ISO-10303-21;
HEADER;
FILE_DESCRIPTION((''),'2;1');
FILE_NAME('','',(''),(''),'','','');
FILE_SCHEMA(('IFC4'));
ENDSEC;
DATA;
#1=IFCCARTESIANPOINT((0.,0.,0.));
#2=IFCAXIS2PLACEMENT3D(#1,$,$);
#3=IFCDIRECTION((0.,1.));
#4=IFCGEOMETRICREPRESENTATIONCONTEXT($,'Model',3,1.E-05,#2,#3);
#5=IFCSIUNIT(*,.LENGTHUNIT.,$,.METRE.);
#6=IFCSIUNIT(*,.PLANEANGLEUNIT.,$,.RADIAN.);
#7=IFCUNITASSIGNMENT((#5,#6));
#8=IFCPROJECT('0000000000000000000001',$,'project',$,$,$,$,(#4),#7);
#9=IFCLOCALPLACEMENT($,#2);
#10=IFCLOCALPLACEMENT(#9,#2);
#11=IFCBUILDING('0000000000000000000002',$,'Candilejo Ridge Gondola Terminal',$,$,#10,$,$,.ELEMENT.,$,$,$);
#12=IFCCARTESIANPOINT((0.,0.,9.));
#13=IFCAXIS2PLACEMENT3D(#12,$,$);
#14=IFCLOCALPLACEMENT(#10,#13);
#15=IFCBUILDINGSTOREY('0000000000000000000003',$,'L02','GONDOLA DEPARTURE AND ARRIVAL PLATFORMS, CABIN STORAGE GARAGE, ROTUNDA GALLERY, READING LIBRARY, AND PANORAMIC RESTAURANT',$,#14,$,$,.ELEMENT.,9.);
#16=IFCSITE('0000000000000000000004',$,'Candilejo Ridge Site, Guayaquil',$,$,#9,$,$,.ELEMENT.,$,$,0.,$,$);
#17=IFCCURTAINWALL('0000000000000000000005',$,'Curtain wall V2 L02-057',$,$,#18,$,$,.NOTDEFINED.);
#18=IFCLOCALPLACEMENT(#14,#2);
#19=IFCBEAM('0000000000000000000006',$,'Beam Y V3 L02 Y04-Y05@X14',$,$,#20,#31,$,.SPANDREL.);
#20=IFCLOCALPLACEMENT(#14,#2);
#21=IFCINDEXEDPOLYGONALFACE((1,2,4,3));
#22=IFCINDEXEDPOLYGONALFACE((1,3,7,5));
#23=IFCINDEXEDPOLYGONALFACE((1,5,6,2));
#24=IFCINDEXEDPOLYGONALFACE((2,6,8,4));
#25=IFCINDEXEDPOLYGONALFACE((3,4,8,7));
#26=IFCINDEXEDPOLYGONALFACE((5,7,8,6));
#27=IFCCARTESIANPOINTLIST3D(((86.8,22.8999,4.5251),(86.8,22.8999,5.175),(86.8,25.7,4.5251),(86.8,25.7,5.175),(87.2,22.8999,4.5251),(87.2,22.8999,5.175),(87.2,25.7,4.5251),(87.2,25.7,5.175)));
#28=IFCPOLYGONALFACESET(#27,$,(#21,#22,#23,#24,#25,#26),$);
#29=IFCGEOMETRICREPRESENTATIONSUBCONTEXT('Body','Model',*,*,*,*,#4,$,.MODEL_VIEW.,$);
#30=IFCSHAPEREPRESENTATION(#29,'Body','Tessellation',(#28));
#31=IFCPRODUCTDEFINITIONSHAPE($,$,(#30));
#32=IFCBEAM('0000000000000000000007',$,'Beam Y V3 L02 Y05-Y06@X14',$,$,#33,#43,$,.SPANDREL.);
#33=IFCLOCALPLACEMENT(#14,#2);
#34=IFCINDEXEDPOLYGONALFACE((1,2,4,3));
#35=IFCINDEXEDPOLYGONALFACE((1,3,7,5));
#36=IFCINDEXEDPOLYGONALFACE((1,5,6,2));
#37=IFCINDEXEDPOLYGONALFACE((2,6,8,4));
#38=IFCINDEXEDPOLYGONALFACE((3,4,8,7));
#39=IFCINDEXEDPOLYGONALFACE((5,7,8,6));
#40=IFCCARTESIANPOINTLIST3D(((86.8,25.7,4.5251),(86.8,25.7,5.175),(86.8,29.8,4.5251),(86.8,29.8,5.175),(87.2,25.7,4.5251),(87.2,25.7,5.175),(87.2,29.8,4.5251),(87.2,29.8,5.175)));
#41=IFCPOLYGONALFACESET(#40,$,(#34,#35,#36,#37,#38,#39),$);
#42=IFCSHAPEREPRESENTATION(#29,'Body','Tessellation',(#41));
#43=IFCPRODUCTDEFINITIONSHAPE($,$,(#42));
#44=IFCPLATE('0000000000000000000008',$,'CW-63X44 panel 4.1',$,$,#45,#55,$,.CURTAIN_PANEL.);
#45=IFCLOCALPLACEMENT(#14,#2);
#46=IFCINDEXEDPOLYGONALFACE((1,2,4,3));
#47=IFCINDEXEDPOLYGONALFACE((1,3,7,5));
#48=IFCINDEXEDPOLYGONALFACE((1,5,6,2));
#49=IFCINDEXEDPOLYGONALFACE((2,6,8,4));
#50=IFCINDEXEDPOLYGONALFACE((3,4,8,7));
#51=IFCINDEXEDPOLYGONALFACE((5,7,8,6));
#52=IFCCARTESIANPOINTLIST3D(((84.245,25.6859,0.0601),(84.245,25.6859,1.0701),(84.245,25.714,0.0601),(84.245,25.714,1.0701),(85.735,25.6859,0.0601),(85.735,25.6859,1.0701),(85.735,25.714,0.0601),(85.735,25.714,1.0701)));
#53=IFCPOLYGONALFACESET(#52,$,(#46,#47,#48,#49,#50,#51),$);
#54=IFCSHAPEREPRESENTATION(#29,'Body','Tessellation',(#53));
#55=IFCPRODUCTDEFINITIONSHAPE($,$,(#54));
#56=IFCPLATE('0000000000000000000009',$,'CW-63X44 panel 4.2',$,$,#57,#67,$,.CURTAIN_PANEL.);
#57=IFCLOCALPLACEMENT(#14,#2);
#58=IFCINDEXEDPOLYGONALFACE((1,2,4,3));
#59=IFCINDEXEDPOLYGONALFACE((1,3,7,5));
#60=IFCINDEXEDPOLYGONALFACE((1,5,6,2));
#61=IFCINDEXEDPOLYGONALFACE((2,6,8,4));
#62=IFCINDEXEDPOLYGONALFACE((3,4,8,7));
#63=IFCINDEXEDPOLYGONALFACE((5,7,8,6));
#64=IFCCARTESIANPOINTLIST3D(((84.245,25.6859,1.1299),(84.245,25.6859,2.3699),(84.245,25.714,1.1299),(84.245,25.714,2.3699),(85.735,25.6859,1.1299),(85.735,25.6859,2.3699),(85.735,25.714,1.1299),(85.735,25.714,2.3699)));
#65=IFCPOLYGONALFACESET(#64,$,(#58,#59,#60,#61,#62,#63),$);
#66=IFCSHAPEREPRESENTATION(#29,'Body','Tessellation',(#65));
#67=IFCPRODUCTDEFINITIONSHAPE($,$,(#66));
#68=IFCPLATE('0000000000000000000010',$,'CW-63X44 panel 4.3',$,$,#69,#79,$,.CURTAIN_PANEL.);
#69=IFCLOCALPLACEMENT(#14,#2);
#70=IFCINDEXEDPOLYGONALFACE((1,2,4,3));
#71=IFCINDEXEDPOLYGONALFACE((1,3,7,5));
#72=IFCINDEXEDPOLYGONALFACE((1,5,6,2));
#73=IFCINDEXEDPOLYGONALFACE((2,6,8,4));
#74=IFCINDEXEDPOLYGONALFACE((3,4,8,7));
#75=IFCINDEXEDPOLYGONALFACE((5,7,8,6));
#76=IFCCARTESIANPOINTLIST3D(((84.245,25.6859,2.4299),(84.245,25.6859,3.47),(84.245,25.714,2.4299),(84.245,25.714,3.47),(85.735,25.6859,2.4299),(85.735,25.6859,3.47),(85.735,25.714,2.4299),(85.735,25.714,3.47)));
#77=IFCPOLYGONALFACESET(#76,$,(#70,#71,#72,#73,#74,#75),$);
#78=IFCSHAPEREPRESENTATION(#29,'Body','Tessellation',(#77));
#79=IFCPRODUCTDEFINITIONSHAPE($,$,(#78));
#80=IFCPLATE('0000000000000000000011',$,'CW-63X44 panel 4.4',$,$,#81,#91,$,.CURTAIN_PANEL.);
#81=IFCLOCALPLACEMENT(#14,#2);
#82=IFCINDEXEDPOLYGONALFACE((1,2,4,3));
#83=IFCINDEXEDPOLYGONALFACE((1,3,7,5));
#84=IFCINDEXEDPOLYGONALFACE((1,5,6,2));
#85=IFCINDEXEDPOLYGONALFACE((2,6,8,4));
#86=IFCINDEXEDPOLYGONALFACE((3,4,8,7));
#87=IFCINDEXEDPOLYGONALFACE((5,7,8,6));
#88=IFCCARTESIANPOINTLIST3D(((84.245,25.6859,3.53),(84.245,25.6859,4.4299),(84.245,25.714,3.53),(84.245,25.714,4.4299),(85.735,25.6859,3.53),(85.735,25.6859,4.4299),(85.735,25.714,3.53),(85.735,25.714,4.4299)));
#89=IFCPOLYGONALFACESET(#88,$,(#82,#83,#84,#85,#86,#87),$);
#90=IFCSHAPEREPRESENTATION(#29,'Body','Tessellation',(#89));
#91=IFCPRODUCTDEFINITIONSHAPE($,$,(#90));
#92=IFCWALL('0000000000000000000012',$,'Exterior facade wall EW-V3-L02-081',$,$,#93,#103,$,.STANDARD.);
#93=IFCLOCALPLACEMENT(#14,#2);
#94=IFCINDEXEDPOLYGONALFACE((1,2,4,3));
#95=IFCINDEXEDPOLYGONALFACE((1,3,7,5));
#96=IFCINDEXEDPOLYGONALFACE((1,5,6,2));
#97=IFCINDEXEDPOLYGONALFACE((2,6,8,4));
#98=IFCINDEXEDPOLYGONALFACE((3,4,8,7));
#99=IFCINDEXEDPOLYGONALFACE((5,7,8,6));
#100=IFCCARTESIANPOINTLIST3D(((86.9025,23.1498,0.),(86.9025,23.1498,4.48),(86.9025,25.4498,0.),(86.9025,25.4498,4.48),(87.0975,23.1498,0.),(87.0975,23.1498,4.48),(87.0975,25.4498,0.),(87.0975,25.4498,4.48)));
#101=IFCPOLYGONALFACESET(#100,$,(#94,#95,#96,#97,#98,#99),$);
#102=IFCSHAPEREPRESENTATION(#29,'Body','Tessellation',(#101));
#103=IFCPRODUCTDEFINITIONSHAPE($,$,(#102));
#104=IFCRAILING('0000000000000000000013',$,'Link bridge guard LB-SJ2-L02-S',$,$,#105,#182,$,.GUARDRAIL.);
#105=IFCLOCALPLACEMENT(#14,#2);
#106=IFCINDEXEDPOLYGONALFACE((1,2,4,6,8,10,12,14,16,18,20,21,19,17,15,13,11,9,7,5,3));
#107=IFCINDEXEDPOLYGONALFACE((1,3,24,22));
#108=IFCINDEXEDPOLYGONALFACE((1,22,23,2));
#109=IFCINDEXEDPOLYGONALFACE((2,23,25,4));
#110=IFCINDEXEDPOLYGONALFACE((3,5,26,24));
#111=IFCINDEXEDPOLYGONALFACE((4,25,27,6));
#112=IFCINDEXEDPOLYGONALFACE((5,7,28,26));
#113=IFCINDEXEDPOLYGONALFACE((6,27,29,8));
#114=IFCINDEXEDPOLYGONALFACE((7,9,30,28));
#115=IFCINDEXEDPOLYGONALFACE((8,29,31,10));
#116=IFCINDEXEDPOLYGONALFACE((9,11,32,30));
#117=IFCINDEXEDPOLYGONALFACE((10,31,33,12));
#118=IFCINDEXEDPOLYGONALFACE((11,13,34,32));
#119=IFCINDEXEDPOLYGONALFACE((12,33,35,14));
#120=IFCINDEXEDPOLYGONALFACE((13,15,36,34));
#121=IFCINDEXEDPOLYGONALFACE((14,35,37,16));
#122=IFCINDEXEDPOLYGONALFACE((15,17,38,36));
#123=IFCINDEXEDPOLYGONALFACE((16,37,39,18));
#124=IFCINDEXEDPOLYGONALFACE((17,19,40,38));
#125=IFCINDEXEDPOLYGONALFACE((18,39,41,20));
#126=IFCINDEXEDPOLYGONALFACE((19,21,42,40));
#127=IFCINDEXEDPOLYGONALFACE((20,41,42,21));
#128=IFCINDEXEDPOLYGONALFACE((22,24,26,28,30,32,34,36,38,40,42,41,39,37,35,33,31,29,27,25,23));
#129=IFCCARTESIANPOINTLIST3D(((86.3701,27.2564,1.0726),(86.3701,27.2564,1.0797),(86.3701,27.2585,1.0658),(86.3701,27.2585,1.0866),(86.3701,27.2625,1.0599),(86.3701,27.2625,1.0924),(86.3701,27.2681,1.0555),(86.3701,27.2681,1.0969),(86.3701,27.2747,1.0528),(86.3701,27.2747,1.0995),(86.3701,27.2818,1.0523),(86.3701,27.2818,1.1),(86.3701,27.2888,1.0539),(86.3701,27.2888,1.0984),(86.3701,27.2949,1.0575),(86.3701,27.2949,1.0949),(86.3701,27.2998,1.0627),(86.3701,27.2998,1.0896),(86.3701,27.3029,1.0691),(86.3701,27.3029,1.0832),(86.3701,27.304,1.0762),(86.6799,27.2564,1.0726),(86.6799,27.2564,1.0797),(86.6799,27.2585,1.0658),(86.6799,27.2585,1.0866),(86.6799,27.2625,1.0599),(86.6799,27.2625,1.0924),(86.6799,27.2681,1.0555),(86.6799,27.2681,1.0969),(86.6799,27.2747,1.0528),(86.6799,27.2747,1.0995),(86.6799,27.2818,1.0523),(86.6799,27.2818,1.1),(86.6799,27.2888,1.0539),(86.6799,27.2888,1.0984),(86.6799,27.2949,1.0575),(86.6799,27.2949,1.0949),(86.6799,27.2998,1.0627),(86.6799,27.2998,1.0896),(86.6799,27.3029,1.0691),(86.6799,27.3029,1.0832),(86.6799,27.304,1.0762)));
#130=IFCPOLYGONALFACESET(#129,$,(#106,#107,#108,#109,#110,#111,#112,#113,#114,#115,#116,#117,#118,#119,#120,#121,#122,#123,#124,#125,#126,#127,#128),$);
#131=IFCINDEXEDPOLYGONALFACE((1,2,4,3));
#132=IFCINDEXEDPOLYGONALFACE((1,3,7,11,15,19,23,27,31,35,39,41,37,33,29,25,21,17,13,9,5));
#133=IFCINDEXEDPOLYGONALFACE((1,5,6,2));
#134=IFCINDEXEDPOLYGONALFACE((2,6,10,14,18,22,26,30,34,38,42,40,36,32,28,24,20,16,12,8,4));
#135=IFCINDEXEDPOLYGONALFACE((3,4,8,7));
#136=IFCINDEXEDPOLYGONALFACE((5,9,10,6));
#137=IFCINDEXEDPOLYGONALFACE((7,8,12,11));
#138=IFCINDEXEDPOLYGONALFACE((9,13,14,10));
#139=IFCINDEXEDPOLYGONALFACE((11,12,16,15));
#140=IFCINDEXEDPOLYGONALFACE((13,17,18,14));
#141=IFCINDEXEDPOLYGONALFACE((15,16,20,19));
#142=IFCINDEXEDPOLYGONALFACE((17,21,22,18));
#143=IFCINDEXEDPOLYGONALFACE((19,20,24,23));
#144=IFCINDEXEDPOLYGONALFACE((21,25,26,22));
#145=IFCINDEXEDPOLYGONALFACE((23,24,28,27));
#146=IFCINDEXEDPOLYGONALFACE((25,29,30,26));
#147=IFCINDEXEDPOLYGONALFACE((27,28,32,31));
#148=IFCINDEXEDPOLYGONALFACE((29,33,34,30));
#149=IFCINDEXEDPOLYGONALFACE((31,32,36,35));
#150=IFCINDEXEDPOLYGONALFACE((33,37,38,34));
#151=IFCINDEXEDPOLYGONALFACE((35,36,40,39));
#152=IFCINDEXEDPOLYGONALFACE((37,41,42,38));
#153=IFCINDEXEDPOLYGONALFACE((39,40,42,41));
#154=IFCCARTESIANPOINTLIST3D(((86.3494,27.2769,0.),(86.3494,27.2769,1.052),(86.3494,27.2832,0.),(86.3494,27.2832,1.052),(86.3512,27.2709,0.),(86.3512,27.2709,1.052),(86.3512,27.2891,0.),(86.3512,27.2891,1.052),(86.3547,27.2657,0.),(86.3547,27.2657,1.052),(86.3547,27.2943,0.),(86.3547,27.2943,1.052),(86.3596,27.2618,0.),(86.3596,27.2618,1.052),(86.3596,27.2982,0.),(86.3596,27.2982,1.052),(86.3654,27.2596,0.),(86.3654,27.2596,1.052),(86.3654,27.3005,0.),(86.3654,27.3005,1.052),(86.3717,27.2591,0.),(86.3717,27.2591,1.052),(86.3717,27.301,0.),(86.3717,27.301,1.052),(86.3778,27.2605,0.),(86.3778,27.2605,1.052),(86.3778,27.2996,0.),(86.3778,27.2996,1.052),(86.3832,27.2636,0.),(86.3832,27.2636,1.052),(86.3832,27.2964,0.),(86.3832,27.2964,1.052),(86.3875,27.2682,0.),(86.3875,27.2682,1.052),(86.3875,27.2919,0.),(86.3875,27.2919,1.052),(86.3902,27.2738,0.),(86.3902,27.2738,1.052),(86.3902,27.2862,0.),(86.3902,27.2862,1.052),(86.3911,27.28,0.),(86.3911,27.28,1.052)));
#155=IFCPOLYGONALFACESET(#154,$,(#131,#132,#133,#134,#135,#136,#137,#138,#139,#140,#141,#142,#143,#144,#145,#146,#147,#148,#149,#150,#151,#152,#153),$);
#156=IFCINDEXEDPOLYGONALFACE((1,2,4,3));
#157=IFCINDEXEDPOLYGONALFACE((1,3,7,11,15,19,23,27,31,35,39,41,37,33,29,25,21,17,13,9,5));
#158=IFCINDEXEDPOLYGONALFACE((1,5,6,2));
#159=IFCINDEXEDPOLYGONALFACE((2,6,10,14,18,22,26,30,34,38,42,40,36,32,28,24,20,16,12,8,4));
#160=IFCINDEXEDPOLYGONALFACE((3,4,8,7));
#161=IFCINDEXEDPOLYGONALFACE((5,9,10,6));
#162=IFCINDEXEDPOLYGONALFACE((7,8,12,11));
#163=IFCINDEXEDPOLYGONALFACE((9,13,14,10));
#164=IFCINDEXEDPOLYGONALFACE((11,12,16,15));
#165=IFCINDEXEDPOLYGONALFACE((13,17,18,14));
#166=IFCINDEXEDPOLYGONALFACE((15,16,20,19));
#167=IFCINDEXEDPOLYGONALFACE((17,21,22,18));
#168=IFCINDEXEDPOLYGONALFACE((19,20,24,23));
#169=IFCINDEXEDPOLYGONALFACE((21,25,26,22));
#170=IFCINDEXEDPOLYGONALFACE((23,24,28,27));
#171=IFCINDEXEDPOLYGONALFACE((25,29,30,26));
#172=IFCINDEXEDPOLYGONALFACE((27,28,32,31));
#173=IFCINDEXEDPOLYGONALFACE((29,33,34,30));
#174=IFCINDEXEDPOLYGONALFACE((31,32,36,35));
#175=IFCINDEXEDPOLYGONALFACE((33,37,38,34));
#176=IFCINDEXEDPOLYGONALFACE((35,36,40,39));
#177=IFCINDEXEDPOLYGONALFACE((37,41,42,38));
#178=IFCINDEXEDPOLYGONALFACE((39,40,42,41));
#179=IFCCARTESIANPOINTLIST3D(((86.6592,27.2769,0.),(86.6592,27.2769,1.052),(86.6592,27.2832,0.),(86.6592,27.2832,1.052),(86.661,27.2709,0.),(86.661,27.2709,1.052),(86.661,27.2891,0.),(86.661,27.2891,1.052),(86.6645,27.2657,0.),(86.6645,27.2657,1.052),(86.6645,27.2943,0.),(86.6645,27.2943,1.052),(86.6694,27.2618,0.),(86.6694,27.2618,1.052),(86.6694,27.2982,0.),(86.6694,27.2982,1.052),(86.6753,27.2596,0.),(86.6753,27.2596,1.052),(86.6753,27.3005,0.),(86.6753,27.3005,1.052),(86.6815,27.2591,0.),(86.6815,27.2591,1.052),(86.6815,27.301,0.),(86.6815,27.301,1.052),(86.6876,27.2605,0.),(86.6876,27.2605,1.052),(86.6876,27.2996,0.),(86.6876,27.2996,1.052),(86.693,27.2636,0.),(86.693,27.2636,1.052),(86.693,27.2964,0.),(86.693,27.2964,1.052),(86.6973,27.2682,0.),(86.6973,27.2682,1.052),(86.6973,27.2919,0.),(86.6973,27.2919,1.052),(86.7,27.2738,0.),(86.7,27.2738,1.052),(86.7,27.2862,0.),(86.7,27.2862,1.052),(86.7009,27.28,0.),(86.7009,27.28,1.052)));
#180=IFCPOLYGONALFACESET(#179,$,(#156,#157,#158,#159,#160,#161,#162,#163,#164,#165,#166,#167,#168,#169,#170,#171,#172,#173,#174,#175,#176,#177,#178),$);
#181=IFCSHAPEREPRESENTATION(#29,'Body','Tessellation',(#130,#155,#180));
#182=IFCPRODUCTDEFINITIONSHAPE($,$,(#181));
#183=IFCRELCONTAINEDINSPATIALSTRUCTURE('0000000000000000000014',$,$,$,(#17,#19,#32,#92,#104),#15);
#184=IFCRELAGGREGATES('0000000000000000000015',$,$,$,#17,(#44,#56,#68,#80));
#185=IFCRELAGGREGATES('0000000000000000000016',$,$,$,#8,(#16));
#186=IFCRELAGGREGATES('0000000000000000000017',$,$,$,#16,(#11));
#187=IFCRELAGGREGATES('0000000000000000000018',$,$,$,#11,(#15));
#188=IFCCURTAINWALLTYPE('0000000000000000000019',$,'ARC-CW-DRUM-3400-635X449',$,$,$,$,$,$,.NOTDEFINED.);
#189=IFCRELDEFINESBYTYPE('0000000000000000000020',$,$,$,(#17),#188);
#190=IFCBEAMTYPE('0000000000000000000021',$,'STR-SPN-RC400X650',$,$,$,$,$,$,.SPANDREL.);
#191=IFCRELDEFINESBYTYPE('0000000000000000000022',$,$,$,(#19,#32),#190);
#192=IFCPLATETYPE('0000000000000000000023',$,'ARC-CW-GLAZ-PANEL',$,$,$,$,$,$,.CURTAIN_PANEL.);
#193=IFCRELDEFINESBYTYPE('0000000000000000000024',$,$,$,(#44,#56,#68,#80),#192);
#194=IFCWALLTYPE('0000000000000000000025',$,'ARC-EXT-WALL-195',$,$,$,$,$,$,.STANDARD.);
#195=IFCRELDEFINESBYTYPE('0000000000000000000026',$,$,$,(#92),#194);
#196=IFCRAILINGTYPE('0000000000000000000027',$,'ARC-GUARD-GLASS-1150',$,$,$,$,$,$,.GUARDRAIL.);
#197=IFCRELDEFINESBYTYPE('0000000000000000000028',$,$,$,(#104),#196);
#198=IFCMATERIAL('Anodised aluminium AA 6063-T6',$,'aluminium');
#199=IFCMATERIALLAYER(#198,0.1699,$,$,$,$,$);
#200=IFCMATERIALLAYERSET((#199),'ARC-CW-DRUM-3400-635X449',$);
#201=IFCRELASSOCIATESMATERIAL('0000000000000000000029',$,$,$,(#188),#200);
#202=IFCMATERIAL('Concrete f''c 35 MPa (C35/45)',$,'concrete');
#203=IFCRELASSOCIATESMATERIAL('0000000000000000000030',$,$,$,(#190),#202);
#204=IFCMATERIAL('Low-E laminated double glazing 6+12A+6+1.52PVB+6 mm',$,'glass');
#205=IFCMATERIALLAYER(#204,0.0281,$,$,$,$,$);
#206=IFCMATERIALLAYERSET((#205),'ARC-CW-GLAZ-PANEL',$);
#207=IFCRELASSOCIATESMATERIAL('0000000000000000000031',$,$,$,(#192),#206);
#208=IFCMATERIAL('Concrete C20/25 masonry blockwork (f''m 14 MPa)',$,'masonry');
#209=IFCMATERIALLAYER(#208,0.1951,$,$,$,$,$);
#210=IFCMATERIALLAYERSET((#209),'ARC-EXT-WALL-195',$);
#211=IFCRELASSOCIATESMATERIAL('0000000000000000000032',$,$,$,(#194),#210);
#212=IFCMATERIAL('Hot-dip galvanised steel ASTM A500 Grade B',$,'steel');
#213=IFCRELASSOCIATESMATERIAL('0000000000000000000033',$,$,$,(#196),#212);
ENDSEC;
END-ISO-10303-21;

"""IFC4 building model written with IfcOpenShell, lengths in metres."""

from ifc_helpers import new_model, si_unit, direction, frame, frame_2d, origin, origin_2d, place, context, subcontext, project, spatial, rectangle, circle, extrude, material, layer, layer_set, material_profile, profile_set, type_object, element, aggregate, save


model = new_model("IFC4")

# Units and contexts
model_context = context("Model", 3, precision=1e-05, world=origin(), true_north=direction((0.0, 1.0)))
body_context = subcontext(model_context, "Body", "Model", "MODEL_VIEW")
ifc_project = project(units=[si_unit("LENGTHUNIT", "METRE"), si_unit("PLANEANGLEUNIT", "RADIAN")], contexts=[model_context])

# Site, building, storey
site_placement = place(None, origin())
site = spatial("IfcSite", under=ifc_project, at=site_placement, Name="Candilejo Ridge Site, Guayaquil", CompositionType="ELEMENT", RefElevation=0.0)
building_placement = place(site_placement, origin())
building = spatial("IfcBuilding", under=site, at=building_placement, Name="Candilejo Ridge Gondola Terminal", CompositionType="ELEMENT")
storey_placement = place(building_placement, frame((0.0, 0.0, 9.0)))
storey = spatial("IfcBuildingStorey", under=building, at=storey_placement, Name="L02", Description="GONDOLA DEPARTURE AND ARRIVAL PLATFORMS, CABIN STORAGE GARAGE, ROTUNDA GALLERY, READING LIBRARY, AND PANORAMIC RESTAURANT", CompositionType="ELEMENT", Elevation=9.0)

# Curtain wall
ifc_material_1 = material(Name="Anodised aluminium AA 6063-T6", Category="aluminium")
ifc_layer_1 = layer(ifc_material_1, 0.1699)
ifc_layer_set_1 = layer_set([ifc_layer_1], Name="ARC-CW-DRUM-3400-635X449")
curtain_wall_type_1 = type_object("IfcCurtainWallType", Name="ARC-CW-DRUM-3400-635X449", PredefinedType="NOTDEFINED", material=ifc_layer_set_1)
curtain_wall_1_placement = place(storey_placement, origin())
curtain_wall_1 = element("IfcCurtainWall", 1, at=curtain_wall_1_placement, inside=storey, type_object=curtain_wall_type_1, Name="Curtain wall V2 L02-057", PredefinedType="NOTDEFINED")

# Beams
ifc_material_2 = material(Name="Concrete f'c 35 MPa (C35/45)", Category="concrete")
ifc_material_profile_1 = material_profile(ifc_material_2, rectangle(XDim=0.3999, YDim=0.6499, at=origin_2d()))
ifc_profile_set_1 = profile_set([ifc_material_profile_1], Name="Concrete f'c 35 MPa (C35/45)")
beam_type_1 = type_object("IfcBeamType", Name="STR-SPN-RC400X650", PredefinedType="SPANDREL", material=ifc_profile_set_1)
beam_1_placement = place(storey_placement, frame((87.0, 22.8999, 4.8501), z_axis=(0.0, 1.0, 0.0), x_axis=(-1.0, 0.0, 0.0)))
element("IfcBeam", 2, at=beam_1_placement, inside=storey, type_object=beam_type_1, Name="Beam Y V3 L02 Y04-Y05@X14", PredefinedType="SPANDREL", context=body_context, shape_type="SweptSolid", body=[
    extrude(rectangle(XDim=0.3999, YDim=0.6499, at=origin_2d()), origin(), (0.0, 0.0, 1.0), 2.8),
])
beam_2_placement = place(storey_placement, frame((87.0, 25.7, 4.8501), z_axis=(0.0, 1.0, 0.0), x_axis=(-1.0, 0.0, 0.0)))
element("IfcBeam", 3, at=beam_2_placement, inside=storey, type_object=beam_type_1, Name="Beam Y V3 L02 Y05-Y06@X14", PredefinedType="SPANDREL", context=body_context, shape_type="SweptSolid", body=[
    extrude(rectangle(XDim=0.3999, YDim=0.6499, at=origin_2d()), origin(), (0.0, 0.0, 1.0), 4.1001),
])

# Plates
ifc_material_3 = material(Name="Low-E laminated double glazing 6+12A+6+1.52PVB+6 mm", Category="glass")
ifc_layer_2 = layer(ifc_material_3, 0.0281)
ifc_layer_set_2 = layer_set([ifc_layer_2], Name="ARC-CW-GLAZ-PANEL")
plate_type = type_object("IfcPlateType", Name="ARC-CW-GLAZ-PANEL", PredefinedType="CURTAIN_PANEL", material=ifc_layer_set_2)
plate_1_placement = place(storey_placement, frame((84.99, 25.7, 0.0601), z_axis=(0.0, 0.0, 1.0), x_axis=(1.0, 0.0, 0.0)))
plate_1 = element("IfcPlate", 4, at=plate_1_placement, type_object=plate_type, Name="CW-63X44 panel 4.1", PredefinedType="CURTAIN_PANEL", context=body_context, shape_type="SweptSolid", body=[
    extrude(rectangle(XDim=1.49, YDim=0.0281, at=origin_2d()), origin(), (0.0, 0.0, 1.0), 1.01),
])
plate_2_placement = place(storey_placement, frame((84.99, 25.7, 1.1299), z_axis=(0.0, 0.0, 1.0), x_axis=(1.0, 0.0, 0.0)))
plate_2 = element("IfcPlate", 5, at=plate_2_placement, type_object=plate_type, Name="CW-63X44 panel 4.2", PredefinedType="CURTAIN_PANEL", context=body_context, shape_type="SweptSolid", body=[
    extrude(rectangle(XDim=1.49, YDim=0.0281, at=origin_2d()), origin(), (0.0, 0.0, 1.0), 1.24),
])
plate_3_placement = place(storey_placement, frame((84.99, 25.7, 2.4299), z_axis=(0.0, 0.0, 1.0), x_axis=(1.0, 0.0, 0.0)))
plate_3 = element("IfcPlate", 6, at=plate_3_placement, type_object=plate_type, Name="CW-63X44 panel 4.3", PredefinedType="CURTAIN_PANEL", context=body_context, shape_type="SweptSolid", body=[
    extrude(rectangle(XDim=1.49, YDim=0.0281, at=origin_2d()), origin(), (0.0, 0.0, 1.0), 1.04),
])
plate_4_placement = place(storey_placement, frame((84.99, 25.7, 3.53), z_axis=(0.0, 0.0, 1.0), x_axis=(1.0, 0.0, 0.0)))
plate_4 = element("IfcPlate", 7, at=plate_4_placement, type_object=plate_type, Name="CW-63X44 panel 4.4", PredefinedType="CURTAIN_PANEL", context=body_context, shape_type="SweptSolid", body=[
    extrude(rectangle(XDim=1.49, YDim=0.0281, at=origin_2d()), origin(), (0.0, 0.0, 1.0), 0.8999),
])
aggregate(curtain_wall_1, [plate_1, plate_2, plate_3, plate_4])

# Wall
ifc_material_4 = material(Name="Concrete C20/25 masonry blockwork (f'm 14 MPa)", Category="masonry")
ifc_layer_3 = layer(ifc_material_4, 0.1951)
ifc_layer_set_3 = layer_set([ifc_layer_3], Name="ARC-EXT-WALL-195")
wall_type = type_object("IfcWallType", Name="ARC-EXT-WALL-195", PredefinedType="STANDARD", material=ifc_layer_set_3)
wall_placement = place(storey_placement, frame((87.0, 23.1499, 0.0), z_axis=(0.0, 0.0, 1.0), x_axis=(0.0, 1.0, 0.0)))
element("IfcWall", 8, at=wall_placement, inside=storey, type_object=wall_type, Name="Exterior facade wall EW-V3-L02-081", PredefinedType="STANDARD", context=body_context, shape_type="SweptSolid", body=[
    extrude(rectangle(XDim=2.3, YDim=0.1951, at=frame_2d((1.1499, 0.0))), origin(), (0.0, 0.0, 1.0), 4.48),
])

# Railing
ifc_material_5 = material(Name="Hot-dip galvanised steel ASTM A500 Grade B", Category="steel")
railing_type = type_object("IfcRailingType", Name="ARC-GUARD-GLASS-1150", PredefinedType="GUARDRAIL", material=ifc_material_5)
railing_placement = place(storey_placement, frame((86.3701, 27.28, 0.0)))
element("IfcRailing", 9, at=railing_placement, inside=storey, type_object=railing_type, Name="Link bridge guard LB-SJ2-L02-S", PredefinedType="GUARDRAIL", context=body_context, shape_type="SweptSolid", body=[
    extrude(circle(Radius=0.0239, at=origin_2d()), frame((0.0, 0.0, 1.0762), z_axis=(1.0, 0.0, 0.0), x_axis=(0.0, 1.0, 0.0)), (0.0, 0.0, 1.0), 0.3098),
    extrude(circle(Radius=0.021, at=origin_2d()), origin(), (0.0, 0.0, 1.0), 1.052),
    extrude(circle(Radius=0.021, at=origin_2d()), frame((0.3098, 0.0, 0.0)), (0.0, 0.0, 1.0), 1.052),
])

save(model, "model.ifc")
